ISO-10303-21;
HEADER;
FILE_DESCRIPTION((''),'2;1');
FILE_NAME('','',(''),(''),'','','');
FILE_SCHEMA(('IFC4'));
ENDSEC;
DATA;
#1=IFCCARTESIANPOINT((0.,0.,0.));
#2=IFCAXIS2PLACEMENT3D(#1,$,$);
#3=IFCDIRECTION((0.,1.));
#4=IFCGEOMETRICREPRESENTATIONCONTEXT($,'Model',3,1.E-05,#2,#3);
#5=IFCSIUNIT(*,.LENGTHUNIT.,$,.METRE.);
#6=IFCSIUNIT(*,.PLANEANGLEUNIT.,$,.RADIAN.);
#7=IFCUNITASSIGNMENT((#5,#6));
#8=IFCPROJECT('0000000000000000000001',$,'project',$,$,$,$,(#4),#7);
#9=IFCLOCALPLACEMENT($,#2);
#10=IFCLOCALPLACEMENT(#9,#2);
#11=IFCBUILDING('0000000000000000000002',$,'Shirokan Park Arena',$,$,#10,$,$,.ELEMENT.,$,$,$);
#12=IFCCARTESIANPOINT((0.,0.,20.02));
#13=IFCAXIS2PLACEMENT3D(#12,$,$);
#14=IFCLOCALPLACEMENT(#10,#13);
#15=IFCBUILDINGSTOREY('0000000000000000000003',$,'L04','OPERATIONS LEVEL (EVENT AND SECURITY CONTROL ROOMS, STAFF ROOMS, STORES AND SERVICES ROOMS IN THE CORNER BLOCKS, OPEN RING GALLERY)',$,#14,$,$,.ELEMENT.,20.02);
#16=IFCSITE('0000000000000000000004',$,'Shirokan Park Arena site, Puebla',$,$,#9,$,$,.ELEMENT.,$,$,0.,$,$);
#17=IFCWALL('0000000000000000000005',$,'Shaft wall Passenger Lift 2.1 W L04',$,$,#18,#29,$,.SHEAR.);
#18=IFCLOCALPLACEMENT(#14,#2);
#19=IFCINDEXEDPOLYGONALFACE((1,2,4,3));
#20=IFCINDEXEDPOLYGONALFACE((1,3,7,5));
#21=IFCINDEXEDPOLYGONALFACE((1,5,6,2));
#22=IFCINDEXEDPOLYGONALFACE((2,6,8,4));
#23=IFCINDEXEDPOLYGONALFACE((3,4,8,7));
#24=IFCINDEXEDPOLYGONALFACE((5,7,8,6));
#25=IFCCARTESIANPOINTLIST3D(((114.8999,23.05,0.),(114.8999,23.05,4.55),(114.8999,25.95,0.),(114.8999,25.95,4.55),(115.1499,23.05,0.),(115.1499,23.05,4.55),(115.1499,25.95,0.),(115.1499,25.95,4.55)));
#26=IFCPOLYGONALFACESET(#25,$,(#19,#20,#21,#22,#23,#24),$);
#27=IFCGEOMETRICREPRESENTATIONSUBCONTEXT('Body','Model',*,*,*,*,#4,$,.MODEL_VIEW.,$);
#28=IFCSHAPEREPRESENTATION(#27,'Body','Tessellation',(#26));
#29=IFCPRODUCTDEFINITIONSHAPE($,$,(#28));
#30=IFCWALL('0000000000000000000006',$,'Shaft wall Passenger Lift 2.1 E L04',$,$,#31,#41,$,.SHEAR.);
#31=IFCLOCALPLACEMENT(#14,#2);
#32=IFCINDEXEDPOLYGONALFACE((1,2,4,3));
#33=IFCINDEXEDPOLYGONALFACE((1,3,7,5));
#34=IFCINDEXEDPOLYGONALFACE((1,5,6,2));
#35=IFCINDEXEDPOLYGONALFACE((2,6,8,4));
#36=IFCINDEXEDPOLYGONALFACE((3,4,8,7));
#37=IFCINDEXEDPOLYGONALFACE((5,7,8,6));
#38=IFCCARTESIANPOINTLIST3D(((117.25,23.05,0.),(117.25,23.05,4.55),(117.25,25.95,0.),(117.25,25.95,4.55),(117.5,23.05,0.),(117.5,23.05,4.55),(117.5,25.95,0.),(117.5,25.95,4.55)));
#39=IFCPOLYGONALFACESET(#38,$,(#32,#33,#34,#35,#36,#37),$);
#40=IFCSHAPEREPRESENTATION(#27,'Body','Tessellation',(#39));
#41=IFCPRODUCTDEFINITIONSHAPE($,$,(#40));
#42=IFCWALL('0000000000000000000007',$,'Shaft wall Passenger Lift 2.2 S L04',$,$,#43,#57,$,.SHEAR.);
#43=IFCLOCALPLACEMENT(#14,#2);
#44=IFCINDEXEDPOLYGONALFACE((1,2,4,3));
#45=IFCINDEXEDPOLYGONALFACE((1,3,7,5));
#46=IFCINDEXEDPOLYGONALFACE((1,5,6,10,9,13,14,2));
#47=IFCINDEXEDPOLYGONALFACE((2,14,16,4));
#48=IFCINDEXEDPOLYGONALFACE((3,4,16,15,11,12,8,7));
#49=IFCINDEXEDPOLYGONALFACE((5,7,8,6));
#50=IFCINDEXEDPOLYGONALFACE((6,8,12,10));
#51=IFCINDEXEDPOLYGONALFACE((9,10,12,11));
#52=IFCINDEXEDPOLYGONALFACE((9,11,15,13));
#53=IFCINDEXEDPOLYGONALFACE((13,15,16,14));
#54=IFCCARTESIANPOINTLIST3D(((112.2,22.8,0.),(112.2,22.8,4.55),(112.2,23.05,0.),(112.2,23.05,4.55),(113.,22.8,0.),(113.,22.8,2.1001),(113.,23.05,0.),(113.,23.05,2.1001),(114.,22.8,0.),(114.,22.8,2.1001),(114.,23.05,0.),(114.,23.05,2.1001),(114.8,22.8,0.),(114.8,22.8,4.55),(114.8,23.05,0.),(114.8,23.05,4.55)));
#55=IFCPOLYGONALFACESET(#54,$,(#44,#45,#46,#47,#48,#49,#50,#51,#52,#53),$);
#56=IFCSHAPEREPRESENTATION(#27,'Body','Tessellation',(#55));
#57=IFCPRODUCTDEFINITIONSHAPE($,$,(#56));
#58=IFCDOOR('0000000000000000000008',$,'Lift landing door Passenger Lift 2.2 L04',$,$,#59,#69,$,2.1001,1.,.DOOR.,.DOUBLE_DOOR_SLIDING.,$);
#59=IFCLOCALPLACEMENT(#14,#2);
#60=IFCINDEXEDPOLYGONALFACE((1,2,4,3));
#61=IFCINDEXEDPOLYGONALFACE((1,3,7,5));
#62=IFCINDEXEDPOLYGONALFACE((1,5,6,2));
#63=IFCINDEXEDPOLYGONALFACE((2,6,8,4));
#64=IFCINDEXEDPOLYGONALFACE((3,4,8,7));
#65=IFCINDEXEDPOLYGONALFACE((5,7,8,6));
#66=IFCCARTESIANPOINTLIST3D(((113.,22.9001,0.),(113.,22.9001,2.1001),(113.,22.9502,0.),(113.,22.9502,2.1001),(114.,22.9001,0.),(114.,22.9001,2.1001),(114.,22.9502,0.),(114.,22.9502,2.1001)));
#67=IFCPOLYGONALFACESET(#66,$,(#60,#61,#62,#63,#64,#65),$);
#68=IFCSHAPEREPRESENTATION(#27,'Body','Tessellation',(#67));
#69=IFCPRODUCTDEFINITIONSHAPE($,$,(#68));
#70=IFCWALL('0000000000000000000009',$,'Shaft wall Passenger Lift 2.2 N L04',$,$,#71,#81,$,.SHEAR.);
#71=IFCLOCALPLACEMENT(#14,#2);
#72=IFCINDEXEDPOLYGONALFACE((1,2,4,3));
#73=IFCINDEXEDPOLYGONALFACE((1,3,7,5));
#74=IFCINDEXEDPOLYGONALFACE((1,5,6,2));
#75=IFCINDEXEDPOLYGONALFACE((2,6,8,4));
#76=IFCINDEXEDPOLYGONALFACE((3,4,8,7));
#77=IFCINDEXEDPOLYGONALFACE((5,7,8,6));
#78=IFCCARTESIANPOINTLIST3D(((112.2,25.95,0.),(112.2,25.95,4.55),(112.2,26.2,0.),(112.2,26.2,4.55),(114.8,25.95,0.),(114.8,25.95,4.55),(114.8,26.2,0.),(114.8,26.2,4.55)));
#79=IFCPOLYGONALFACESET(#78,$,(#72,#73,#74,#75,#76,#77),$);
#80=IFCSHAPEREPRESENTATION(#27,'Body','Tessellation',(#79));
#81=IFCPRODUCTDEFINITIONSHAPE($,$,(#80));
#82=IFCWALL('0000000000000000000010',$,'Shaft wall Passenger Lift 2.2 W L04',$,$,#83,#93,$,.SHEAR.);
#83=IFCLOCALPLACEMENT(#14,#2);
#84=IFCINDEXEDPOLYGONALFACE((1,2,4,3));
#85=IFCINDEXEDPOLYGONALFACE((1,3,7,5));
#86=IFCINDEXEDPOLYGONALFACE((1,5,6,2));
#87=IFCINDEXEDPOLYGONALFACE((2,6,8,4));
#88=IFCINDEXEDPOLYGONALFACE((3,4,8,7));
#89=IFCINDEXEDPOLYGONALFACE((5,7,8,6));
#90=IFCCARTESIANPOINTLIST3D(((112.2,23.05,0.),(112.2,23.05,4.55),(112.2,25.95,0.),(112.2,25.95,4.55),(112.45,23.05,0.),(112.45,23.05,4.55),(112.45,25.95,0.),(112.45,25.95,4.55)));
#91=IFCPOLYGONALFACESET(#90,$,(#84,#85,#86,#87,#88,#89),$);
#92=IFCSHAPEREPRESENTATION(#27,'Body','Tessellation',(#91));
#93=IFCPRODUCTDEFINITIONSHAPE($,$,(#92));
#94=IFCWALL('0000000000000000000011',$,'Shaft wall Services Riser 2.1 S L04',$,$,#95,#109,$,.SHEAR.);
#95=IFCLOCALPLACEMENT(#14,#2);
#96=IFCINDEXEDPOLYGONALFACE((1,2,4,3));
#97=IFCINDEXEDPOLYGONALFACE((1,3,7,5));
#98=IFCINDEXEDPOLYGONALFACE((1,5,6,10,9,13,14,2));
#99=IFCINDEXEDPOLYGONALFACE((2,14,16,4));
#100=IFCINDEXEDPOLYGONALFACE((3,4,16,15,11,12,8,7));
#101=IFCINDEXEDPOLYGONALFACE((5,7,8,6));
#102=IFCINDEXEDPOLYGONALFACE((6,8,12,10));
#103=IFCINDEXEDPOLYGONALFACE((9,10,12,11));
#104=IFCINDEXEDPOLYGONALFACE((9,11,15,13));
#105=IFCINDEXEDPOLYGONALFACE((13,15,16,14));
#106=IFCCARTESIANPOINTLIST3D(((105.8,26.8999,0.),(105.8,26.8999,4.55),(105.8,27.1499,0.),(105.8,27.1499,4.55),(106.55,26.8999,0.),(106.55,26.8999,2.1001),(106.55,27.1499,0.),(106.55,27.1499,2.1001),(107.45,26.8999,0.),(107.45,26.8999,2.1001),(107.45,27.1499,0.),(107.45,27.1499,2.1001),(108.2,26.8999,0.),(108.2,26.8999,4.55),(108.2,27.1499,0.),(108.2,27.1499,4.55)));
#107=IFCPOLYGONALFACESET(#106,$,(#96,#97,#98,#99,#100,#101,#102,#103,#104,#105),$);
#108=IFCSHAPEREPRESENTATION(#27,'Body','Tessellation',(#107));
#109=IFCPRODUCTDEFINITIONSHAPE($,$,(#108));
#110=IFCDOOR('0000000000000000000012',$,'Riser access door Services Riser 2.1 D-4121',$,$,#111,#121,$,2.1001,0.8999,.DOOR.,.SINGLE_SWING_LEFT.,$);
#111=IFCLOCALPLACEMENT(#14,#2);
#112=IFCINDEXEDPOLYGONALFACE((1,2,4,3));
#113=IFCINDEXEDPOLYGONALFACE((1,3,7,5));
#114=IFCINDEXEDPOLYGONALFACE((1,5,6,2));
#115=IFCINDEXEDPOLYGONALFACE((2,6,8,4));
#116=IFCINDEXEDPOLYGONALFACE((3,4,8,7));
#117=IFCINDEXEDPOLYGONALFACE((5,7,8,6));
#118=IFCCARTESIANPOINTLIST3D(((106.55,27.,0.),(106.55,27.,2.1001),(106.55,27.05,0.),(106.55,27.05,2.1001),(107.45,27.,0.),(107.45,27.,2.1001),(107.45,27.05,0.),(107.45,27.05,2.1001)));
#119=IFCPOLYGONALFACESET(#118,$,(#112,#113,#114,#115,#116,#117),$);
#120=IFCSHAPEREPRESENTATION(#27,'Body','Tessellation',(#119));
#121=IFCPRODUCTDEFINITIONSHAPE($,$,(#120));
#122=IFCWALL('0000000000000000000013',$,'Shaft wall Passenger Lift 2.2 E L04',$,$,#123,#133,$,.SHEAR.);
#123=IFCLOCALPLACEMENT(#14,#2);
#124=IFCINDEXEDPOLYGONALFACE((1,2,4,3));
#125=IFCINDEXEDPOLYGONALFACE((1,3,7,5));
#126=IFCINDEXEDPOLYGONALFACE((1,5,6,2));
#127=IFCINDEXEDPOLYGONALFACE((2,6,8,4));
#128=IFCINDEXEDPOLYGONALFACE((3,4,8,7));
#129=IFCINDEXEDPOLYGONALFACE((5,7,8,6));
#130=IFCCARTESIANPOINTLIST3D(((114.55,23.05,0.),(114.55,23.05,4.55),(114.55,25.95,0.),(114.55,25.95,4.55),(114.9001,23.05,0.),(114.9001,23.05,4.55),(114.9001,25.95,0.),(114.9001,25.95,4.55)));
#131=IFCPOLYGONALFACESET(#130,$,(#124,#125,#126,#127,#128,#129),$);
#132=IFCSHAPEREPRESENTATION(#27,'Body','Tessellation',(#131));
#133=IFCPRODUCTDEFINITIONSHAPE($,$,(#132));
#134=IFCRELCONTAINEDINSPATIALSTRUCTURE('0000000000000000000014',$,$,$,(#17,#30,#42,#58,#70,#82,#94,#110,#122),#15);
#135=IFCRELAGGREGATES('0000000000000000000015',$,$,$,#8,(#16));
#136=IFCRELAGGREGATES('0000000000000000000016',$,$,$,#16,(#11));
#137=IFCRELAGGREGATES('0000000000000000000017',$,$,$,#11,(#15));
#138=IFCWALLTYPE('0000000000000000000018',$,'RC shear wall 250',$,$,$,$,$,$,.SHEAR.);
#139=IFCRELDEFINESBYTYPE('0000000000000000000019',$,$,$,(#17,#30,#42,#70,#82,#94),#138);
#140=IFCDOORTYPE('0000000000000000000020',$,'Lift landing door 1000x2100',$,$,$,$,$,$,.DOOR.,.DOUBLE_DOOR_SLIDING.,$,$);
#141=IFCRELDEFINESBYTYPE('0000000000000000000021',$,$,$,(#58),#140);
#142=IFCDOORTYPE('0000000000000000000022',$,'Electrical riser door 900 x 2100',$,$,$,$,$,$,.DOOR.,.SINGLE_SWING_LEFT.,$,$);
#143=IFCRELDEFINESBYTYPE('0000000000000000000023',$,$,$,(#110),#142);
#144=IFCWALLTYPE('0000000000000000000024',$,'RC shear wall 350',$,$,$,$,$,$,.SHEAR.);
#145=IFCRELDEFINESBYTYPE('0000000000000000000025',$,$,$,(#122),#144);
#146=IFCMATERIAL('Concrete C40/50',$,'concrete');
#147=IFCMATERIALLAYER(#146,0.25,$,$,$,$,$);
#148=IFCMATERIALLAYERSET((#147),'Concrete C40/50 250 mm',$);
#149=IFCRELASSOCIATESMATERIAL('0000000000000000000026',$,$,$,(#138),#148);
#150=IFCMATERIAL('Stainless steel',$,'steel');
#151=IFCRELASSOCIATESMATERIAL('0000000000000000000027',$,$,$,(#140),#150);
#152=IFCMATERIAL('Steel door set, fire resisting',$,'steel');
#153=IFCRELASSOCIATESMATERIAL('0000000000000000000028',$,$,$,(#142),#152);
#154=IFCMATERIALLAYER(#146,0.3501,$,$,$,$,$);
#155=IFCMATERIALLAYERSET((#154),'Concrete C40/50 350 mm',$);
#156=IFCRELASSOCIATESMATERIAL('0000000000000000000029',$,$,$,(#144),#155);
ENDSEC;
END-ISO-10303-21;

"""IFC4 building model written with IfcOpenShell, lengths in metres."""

from ifc_helpers import new_model, si_unit, direction, frame, frame_2d, origin, place, context, subcontext, project, spatial, rectangle, extrude, material, layer, layer_set, type_object, element, fill, save


model = new_model("IFC4")

# Units and contexts
model_context = context("Model", 3, precision=1e-05, world=origin(), true_north=direction((0.0, 1.0)))
body_context = subcontext(model_context, "Body", "Model", "MODEL_VIEW")
ifc_project = project(units=[si_unit("LENGTHUNIT", "METRE"), si_unit("PLANEANGLEUNIT", "RADIAN")], contexts=[model_context])

# Site, building, storey
site_placement = place(None, origin())
site = spatial("IfcSite", under=ifc_project, at=site_placement, Name="Shirokan Park Arena site, Puebla", CompositionType="ELEMENT", RefElevation=0.0)
building_placement = place(site_placement, origin())
building = spatial("IfcBuilding", under=site, at=building_placement, Name="Shirokan Park Arena", CompositionType="ELEMENT")
storey_placement = place(building_placement, frame((0.0, 0.0, 20.02)))
storey = spatial("IfcBuildingStorey", under=building, at=storey_placement, Name="L04", Description="OPERATIONS LEVEL (EVENT AND SECURITY CONTROL ROOMS, STAFF ROOMS, STORES AND SERVICES ROOMS IN THE CORNER BLOCKS, OPEN RING GALLERY)", CompositionType="ELEMENT", Elevation=20.02)

# Shared definitions
ifc_material_1 = material(Name="Concrete C40/50", Category="concrete")
ifc_layer_1 = layer(ifc_material_1, 0.25)
ifc_layer_set_1 = layer_set([ifc_layer_1], Name="Concrete C40/50 250 mm")
wall_type_1 = type_object("IfcWallType", Name="RC shear wall 250", PredefinedType="SHEAR", material=ifc_layer_set_1)
ifc_material_2 = material(Name="Stainless steel", Category="steel")
door_type_1 = type_object("IfcDoorType", Name="Lift landing door 1000x2100", OperationType="DOUBLE_DOOR_SLIDING", PredefinedType="DOOR", material=ifc_material_2)

# Walls
for number, where, z_axis, x_axis, name in (
    (1, (115.0249, 25.95, 0.0), (0.0, 0.0, 1.0), (0.0, -1.0, 0.0), "Shaft wall Passenger Lift 2.1 W L04"),
    (2, (117.375, 25.95, 0.0), (0.0, 0.0, 1.0), (0.0, -1.0, 0.0), "Shaft wall Passenger Lift 2.1 E L04"),
):
    element("IfcWall", number, at=place(storey_placement, frame(where, z_axis=z_axis, x_axis=x_axis)), inside=storey, type_object=wall_type_1, Name=name, PredefinedType="SHEAR", context=body_context, shape_type="SweptSolid", body=[
        extrude(rectangle(XDim=2.8999, YDim=0.25, at=frame_2d((1.45, 0.0))), origin(), (0.0, 0.0, 1.0), 4.55),
    ])

# Wall, opening, door
wall_1_placement = place(storey_placement, frame((114.8, 22.925, 0.0), z_axis=(0.0, 0.0, 1.0), x_axis=(-1.0, 0.0, 0.0)))
wall_1 = element("IfcWall", 3, at=wall_1_placement, inside=storey, type_object=wall_type_1, Name="Shaft wall Passenger Lift 2.2 S L04", PredefinedType="SHEAR", context=body_context, shape_type="SweptSolid", body=[
    extrude(rectangle(XDim=2.6001, YDim=0.25, at=frame_2d((1.3, 0.0))), origin(), (0.0, 0.0, 1.0), 4.55),
])
opening_1_placement = place(wall_1_placement, frame((0.8, 0.0, 0.0)))
opening_1 = element("IfcOpeningElement", 4, at=opening_1_placement, cuts=wall_1, PredefinedType="OPENING", context=body_context, shape_type="SweptSolid", body=[
    extrude(rectangle(XDim=1.0, YDim=2.1001, at=frame_2d((0.5, 1.05))), frame((0.0, 0.135, 0.0), z_axis=(0.0, -1.0, 0.0), x_axis=(1.0, 0.0, 0.0)), (0.0, 0.0, 1.0), 0.27),
])
door_1_placement = place(opening_1_placement, origin())
door_1 = element("IfcDoor", 5, at=door_1_placement, inside=storey, type_object=door_type_1, Name="Lift landing door Passenger Lift 2.2 L04", OperationType="DOUBLE_DOOR_SLIDING", OverallHeight=2.1001, OverallWidth=1.0, PredefinedType="DOOR", context=body_context, shape_type="SweptSolid", body=[
    extrude(rectangle(XDim=1.0, YDim=2.1001, at=frame_2d((0.5, 1.05))), frame((0.0, 0.0249, 0.0), z_axis=(0.0, -1.0, 0.0), x_axis=(1.0, 0.0, 0.0)), (0.0, 0.0, 1.0), 0.05),
])
fill(opening_1, door_1)

# Walls
wall_2_placement = place(storey_placement, frame((114.8, 26.075, 0.0), z_axis=(0.0, 0.0, 1.0), x_axis=(-1.0, 0.0, 0.0)))
element("IfcWall", 6, at=wall_2_placement, inside=storey, type_object=wall_type_1, Name="Shaft wall Passenger Lift 2.2 N L04", PredefinedType="SHEAR", context=body_context, shape_type="SweptSolid", body=[
    extrude(rectangle(XDim=2.6001, YDim=0.25, at=frame_2d((1.3, 0.0))), origin(), (0.0, 0.0, 1.0), 4.55),
])
wall_3_placement = place(storey_placement, frame((112.325, 25.95, 0.0), z_axis=(0.0, 0.0, 1.0), x_axis=(0.0, -1.0, 0.0)))
element("IfcWall", 7, at=wall_3_placement, inside=storey, type_object=wall_type_1, Name="Shaft wall Passenger Lift 2.2 W L04", PredefinedType="SHEAR", context=body_context, shape_type="SweptSolid", body=[
    extrude(rectangle(XDim=2.8999, YDim=0.25, at=frame_2d((1.45, 0.0))), origin(), (0.0, 0.0, 1.0), 4.55),
])

# Wall, opening, door
wall_4_placement = place(storey_placement, frame((108.2, 27.0249, 0.0), z_axis=(0.0, 0.0, 1.0), x_axis=(-1.0, 0.0, 0.0)))
wall_4 = element("IfcWall", 8, at=wall_4_placement, inside=storey, type_object=wall_type_1, Name="Shaft wall Services Riser 2.1 S L04", PredefinedType="SHEAR", context=body_context, shape_type="SweptSolid", body=[
    extrude(rectangle(XDim=2.3999, YDim=0.25, at=frame_2d((1.2, 0.0))), origin(), (0.0, 0.0, 1.0), 4.55),
])
opening_2_placement = place(wall_4_placement, frame((0.75, 0.0, 0.0)))
opening_2 = element("IfcOpeningElement", 9, at=opening_2_placement, cuts=wall_4, PredefinedType="OPENING", context=body_context, shape_type="SweptSolid", body=[
    extrude(rectangle(XDim=0.8999, YDim=2.1001, at=frame_2d((0.45, 1.05))), frame((0.0, 0.135, 0.0), z_axis=(0.0, -1.0, 0.0), x_axis=(1.0, 0.0, 0.0)), (0.0, 0.0, 1.0), 0.27),
])
ifc_material_3 = material(Name="Steel door set, fire resisting", Category="steel")
door_type_2 = type_object("IfcDoorType", Name="Electrical riser door 900 x 2100", OperationType="SINGLE_SWING_LEFT", PredefinedType="DOOR", material=ifc_material_3)
door_2_placement = place(opening_2_placement, origin())
door_2 = element("IfcDoor", 10, at=door_2_placement, inside=storey, type_object=door_type_2, Name="Riser access door Services Riser 2.1 D-4121", OperationType="SINGLE_SWING_LEFT", OverallHeight=2.1001, OverallWidth=0.8999, PredefinedType="DOOR", context=body_context, shape_type="SweptSolid", body=[
    extrude(rectangle(XDim=0.8999, YDim=2.1001, at=frame_2d((0.45, 1.05))), frame((0.0, 0.0249, 0.0), z_axis=(0.0, -1.0, 0.0), x_axis=(1.0, 0.0, 0.0)), (0.0, 0.0, 1.0), 0.05),
])
fill(opening_2, door_2)

# Wall
ifc_layer_2 = layer(ifc_material_1, 0.3501)
ifc_layer_set_2 = layer_set([ifc_layer_2], Name="Concrete C40/50 350 mm")
wall_type_2 = type_object("IfcWallType", Name="RC shear wall 350", PredefinedType="SHEAR", material=ifc_layer_set_2)
wall_5_placement = place(storey_placement, frame((114.7251, 25.95, 0.0), z_axis=(0.0, 0.0, 1.0), x_axis=(0.0, -1.0, 0.0)))
element("IfcWall", 11, at=wall_5_placement, inside=storey, type_object=wall_type_2, Name="Shaft wall Passenger Lift 2.2 E L04", PredefinedType="SHEAR", context=body_context, shape_type="SweptSolid", body=[
    extrude(rectangle(XDim=2.8999, YDim=0.3501, at=frame_2d((1.45, 0.0))), origin(), (0.0, 0.0, 1.0), 4.55),
])

save(model, "model.ifc")
